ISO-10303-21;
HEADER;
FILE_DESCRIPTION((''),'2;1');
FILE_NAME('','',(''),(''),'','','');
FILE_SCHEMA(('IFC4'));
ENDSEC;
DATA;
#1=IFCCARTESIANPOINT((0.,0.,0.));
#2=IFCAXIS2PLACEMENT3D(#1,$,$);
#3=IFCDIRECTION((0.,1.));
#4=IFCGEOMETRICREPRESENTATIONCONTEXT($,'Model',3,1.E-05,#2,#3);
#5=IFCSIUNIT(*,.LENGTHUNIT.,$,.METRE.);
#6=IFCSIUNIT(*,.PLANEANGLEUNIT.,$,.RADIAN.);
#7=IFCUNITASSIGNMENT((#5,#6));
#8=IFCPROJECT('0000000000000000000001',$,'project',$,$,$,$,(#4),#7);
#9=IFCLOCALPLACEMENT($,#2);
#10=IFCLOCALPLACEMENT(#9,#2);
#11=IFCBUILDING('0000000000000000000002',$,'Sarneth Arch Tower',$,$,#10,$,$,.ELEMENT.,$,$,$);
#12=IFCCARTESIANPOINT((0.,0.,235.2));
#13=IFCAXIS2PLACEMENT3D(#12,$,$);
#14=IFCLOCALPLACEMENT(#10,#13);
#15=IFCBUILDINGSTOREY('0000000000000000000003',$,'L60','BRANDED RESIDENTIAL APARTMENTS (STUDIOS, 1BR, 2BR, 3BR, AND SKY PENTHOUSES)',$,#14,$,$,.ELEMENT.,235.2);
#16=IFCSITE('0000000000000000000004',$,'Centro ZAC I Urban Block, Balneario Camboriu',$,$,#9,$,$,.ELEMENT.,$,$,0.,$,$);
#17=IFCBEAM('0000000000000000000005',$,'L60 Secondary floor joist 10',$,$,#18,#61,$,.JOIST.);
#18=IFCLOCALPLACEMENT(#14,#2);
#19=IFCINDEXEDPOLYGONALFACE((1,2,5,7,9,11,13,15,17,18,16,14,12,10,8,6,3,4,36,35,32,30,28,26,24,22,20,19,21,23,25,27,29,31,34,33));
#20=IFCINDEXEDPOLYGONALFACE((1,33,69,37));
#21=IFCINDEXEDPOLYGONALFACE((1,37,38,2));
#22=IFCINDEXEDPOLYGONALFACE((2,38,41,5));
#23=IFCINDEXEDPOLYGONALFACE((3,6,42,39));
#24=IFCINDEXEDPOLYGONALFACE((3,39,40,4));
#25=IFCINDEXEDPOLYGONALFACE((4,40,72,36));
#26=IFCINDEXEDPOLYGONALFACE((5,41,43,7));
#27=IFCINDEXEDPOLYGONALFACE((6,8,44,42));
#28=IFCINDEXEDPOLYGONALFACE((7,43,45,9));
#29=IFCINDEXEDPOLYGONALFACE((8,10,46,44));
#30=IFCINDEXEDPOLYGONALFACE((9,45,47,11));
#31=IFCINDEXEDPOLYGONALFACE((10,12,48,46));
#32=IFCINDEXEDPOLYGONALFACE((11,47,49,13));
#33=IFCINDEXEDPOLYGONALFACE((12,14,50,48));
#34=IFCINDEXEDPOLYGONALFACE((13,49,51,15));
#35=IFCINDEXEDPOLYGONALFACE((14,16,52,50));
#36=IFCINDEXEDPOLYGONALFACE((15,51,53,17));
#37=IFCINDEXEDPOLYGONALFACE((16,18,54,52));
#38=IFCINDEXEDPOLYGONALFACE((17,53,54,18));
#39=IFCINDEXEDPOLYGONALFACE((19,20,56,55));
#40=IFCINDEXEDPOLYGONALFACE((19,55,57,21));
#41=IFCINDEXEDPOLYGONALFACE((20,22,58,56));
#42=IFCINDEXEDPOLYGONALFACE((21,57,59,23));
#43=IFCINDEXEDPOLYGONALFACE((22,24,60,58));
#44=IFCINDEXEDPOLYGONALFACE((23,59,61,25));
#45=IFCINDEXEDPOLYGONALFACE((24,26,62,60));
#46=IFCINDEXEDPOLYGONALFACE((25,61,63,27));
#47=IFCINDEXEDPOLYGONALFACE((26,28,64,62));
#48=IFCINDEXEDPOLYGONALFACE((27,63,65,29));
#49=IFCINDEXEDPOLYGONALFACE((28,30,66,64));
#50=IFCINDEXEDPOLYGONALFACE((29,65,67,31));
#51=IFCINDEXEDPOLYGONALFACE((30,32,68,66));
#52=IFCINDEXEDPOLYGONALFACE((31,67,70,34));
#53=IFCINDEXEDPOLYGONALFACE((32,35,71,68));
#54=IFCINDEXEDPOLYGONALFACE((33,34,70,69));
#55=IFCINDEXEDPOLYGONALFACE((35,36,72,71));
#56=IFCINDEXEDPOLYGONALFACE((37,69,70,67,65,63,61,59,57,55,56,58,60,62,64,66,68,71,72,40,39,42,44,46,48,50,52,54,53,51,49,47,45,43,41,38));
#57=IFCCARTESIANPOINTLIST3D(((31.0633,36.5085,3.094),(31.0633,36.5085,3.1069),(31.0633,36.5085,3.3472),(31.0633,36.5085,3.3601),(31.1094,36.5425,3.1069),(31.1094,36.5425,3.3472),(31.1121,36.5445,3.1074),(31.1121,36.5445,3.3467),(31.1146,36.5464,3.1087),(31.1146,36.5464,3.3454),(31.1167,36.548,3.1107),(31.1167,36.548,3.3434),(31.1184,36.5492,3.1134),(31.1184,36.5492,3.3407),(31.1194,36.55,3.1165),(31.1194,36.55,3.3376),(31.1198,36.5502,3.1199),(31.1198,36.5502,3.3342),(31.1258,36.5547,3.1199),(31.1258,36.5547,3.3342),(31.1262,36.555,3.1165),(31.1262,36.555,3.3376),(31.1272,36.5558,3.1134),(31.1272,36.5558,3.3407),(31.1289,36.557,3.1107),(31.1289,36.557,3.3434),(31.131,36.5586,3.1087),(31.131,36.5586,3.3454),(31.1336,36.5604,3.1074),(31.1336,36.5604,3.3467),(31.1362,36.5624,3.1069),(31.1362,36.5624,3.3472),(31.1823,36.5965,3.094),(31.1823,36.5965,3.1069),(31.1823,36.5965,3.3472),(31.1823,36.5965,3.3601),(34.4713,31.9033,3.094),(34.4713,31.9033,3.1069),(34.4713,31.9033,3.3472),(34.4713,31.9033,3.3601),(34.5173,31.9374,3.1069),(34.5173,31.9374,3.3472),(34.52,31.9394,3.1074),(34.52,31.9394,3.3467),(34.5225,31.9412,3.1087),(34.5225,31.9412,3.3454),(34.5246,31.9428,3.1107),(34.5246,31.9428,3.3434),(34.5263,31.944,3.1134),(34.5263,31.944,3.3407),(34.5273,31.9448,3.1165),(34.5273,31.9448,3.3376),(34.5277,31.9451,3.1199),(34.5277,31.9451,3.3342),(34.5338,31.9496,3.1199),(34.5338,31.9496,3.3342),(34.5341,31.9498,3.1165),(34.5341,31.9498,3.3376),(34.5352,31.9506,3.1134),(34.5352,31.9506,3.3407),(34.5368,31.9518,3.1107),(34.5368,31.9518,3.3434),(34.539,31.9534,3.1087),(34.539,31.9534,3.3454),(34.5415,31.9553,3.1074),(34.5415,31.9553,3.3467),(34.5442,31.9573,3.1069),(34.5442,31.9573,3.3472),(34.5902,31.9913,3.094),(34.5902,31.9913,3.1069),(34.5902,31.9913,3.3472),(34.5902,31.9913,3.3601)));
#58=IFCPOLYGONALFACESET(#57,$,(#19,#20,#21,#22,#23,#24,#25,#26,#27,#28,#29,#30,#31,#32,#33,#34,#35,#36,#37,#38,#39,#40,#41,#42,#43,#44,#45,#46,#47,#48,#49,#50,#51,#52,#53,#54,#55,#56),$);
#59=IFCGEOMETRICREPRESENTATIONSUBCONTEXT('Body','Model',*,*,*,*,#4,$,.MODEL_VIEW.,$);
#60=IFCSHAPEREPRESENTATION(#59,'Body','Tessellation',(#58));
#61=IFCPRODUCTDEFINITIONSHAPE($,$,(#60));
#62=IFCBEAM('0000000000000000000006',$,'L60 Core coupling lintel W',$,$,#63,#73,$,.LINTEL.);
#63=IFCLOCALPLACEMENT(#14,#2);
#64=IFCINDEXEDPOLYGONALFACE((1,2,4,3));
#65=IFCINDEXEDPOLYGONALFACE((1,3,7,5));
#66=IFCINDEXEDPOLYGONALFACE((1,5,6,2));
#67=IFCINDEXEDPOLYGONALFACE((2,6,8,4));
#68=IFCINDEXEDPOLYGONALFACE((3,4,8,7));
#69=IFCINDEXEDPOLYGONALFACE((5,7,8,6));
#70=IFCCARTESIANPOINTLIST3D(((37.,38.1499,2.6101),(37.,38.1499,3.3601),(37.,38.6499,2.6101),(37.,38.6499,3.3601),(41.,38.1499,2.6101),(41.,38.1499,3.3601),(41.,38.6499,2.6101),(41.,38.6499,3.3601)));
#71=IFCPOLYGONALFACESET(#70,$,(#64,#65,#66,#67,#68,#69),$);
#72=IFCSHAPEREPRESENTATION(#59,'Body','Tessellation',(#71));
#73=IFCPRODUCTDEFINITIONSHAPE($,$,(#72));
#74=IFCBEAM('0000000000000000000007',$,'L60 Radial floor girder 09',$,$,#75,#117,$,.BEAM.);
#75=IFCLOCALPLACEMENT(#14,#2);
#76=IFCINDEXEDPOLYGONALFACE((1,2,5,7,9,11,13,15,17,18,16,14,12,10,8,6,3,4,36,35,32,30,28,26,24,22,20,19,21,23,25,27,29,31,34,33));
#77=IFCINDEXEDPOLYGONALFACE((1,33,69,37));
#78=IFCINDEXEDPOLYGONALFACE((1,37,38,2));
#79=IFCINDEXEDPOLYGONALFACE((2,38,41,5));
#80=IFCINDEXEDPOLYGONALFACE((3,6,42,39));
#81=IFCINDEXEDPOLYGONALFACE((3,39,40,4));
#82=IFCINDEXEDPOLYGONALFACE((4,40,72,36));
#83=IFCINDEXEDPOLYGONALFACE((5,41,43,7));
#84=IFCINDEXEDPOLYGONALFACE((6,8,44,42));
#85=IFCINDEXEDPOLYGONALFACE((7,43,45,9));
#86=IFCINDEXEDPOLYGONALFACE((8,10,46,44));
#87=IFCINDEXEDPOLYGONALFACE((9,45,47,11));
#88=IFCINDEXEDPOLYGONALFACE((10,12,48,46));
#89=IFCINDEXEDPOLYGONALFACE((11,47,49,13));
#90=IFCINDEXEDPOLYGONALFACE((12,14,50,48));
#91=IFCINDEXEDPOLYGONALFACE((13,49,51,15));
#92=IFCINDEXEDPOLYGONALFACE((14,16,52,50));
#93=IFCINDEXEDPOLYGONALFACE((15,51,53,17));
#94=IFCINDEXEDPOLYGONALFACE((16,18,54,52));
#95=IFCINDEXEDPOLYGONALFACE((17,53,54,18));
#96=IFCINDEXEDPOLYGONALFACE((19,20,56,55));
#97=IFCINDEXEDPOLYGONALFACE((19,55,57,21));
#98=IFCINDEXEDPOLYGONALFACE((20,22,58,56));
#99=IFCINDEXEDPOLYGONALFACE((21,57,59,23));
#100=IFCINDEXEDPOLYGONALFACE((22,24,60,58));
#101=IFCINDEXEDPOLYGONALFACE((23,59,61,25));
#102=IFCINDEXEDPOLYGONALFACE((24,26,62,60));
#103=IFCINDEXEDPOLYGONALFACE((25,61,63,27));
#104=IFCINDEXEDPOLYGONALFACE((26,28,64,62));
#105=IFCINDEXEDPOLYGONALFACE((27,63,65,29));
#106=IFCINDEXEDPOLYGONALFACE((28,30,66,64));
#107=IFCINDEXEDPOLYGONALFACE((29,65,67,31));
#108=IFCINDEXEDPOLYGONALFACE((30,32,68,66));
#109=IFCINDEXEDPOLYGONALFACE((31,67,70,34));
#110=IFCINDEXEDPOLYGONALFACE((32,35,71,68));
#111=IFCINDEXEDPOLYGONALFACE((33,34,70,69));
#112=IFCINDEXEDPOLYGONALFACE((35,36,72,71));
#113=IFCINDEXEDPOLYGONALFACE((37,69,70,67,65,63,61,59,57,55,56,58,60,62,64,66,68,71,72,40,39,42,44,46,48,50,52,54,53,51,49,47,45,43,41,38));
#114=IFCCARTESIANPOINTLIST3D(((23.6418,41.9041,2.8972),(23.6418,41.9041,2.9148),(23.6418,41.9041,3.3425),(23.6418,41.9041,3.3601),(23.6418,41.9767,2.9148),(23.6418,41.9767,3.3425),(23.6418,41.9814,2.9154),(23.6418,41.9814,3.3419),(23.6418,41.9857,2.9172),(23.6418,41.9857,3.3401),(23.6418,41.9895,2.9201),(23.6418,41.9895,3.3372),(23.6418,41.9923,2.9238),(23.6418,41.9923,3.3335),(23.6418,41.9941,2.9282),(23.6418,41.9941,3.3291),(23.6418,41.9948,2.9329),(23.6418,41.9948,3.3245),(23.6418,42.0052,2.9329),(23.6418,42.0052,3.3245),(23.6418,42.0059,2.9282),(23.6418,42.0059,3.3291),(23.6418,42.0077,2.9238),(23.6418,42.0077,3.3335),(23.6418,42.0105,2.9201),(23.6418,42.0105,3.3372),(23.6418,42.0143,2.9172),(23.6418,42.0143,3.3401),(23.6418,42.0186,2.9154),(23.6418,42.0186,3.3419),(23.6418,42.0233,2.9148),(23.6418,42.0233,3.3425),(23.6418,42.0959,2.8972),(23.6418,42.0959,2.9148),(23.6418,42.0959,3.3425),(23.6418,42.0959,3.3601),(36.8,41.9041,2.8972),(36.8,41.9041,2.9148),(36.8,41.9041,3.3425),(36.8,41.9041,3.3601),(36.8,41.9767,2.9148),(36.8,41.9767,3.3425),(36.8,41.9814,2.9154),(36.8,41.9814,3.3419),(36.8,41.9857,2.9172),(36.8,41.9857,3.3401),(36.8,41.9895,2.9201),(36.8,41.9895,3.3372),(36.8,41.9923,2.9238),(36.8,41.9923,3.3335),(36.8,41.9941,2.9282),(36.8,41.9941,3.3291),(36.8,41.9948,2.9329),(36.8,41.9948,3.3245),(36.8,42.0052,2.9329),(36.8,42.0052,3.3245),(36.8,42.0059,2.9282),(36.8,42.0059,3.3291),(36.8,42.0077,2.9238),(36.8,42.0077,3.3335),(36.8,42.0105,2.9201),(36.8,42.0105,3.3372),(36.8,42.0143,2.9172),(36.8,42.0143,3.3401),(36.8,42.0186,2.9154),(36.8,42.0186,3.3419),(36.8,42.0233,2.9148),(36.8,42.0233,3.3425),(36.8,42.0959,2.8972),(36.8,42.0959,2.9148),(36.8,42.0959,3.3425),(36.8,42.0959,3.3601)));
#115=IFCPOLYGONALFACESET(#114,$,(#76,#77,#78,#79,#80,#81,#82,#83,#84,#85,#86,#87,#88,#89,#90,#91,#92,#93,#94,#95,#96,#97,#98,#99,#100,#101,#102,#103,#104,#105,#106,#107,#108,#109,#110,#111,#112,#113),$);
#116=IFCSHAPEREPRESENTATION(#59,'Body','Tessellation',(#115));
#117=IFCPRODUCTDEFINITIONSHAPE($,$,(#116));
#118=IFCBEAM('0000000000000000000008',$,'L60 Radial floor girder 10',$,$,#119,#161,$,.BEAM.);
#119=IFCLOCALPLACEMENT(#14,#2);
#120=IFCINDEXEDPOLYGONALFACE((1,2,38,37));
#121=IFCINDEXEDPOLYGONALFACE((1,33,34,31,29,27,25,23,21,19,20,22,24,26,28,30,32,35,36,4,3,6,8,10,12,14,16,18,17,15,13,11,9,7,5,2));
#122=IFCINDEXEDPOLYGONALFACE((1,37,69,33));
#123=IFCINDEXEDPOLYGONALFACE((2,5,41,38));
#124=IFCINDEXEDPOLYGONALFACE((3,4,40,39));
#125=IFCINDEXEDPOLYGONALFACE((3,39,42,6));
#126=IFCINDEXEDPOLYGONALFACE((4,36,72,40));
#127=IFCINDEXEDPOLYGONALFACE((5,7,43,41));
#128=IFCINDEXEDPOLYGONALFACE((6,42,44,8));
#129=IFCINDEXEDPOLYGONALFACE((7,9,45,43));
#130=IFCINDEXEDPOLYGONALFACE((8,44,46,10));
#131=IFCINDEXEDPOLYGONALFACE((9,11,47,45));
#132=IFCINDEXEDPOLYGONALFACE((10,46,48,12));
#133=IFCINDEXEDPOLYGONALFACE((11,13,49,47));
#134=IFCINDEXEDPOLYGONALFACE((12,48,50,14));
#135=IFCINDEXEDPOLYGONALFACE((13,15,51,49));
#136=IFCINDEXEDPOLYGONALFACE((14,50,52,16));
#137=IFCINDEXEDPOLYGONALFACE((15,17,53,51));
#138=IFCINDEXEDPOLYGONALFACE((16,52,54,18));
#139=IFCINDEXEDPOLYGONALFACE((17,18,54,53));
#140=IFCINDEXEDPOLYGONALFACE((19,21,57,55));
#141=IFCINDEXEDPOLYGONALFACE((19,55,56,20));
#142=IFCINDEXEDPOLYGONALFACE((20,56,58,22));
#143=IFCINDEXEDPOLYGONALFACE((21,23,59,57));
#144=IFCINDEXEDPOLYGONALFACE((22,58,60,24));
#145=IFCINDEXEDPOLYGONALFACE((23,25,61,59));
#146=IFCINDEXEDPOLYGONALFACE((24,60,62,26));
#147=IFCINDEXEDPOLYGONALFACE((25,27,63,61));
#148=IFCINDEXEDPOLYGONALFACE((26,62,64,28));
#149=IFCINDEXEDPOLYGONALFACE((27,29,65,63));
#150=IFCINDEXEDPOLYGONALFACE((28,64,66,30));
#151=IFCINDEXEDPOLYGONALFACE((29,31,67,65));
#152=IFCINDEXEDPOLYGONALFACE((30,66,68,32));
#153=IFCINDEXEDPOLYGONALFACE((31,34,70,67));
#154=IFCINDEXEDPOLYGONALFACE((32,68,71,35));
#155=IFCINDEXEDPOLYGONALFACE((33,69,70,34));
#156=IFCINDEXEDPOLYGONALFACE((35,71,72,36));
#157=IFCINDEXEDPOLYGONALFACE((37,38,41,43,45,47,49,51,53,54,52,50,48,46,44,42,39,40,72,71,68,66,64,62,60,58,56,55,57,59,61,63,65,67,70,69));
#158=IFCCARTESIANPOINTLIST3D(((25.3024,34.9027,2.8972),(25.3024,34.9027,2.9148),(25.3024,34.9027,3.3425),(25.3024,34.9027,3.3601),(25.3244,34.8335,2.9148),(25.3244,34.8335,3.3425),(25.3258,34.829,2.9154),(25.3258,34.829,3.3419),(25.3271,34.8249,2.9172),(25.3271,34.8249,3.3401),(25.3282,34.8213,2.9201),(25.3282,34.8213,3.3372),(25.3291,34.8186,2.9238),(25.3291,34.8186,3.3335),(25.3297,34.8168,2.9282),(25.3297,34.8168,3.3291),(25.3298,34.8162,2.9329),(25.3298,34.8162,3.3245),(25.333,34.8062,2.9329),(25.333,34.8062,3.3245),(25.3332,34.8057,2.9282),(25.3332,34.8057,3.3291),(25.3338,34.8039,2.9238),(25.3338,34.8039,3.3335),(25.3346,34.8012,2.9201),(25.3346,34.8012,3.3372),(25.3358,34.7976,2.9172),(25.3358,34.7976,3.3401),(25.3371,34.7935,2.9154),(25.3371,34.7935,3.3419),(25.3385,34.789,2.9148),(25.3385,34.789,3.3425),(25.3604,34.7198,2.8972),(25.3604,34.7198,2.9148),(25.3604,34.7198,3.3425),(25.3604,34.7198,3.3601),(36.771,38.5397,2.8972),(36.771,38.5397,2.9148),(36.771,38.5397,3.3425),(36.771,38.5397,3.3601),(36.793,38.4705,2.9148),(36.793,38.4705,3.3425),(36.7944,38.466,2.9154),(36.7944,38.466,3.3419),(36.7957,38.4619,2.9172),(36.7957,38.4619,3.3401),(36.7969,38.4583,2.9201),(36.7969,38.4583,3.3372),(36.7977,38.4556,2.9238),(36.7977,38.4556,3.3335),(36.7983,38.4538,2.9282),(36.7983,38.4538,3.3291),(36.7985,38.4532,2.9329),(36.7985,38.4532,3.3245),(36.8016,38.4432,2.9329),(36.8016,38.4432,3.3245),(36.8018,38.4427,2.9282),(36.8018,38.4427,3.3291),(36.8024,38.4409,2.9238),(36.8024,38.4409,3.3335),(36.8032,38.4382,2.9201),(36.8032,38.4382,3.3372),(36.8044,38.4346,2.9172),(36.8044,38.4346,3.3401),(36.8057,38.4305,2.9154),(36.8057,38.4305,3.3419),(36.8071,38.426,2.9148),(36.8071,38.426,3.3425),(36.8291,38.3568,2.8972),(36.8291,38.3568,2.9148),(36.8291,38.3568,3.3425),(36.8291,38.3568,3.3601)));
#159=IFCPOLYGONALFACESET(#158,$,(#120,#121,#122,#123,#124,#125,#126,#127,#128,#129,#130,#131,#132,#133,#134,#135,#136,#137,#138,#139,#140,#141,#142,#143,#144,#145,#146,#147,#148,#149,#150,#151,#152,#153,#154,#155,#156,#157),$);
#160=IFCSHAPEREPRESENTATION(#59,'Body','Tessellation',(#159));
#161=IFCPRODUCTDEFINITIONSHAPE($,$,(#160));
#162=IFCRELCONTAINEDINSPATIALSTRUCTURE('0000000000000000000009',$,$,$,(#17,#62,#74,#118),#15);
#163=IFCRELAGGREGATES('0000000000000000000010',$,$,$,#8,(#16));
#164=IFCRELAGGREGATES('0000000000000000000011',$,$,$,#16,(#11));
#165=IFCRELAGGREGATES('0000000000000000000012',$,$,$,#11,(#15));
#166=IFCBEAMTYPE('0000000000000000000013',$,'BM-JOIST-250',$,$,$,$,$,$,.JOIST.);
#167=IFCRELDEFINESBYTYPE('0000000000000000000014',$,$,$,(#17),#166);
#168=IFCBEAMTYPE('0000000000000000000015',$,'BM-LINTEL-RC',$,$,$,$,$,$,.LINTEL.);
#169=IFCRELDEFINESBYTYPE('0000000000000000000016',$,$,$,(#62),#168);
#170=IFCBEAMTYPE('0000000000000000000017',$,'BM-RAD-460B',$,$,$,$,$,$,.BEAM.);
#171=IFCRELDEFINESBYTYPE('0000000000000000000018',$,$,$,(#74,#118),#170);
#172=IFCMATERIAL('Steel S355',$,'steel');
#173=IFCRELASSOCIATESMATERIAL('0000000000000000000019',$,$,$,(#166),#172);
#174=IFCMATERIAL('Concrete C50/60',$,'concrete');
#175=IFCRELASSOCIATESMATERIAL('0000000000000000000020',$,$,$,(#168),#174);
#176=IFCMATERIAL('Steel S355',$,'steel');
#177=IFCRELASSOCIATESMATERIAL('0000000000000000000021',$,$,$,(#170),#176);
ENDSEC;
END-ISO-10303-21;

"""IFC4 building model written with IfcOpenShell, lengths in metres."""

from ifc_helpers import new_model, si_unit, direction, frame, origin, origin_2d, place, context, subcontext, project, spatial, rectangle, i_section, extrude, material, material_profile, profile_set, type_object, element, save


model = new_model("IFC4")

# Units and contexts
model_context = context("Model", 3, precision=1e-05, world=origin(), true_north=direction((0.0, 1.0)))
body_context = subcontext(model_context, "Body", "Model", "MODEL_VIEW")
ifc_project = project(units=[si_unit("LENGTHUNIT", "METRE"), si_unit("PLANEANGLEUNIT", "RADIAN")], contexts=[model_context])

# Site, building, storey
site_placement = place(None, origin())
site = spatial("IfcSite", under=ifc_project, at=site_placement, Name="Centro ZAC I Urban Block, Balneario Camboriu", CompositionType="ELEMENT", RefElevation=0.0)
building_placement = place(site_placement, origin())
building = spatial("IfcBuilding", under=site, at=building_placement, Name="Sarneth Arch Tower", CompositionType="ELEMENT")
storey_placement = place(building_placement, frame((0.0, 0.0, 235.2)))
storey = spatial("IfcBuildingStorey", under=building, at=storey_placement, Name="L60", Description="BRANDED RESIDENTIAL APARTMENTS (STUDIOS, 1BR, 2BR, 3BR, AND SKY PENTHOUSES)", CompositionType="ELEMENT", Elevation=235.2)

# Beams
ifc_material_1 = material(Name="Steel S355", Category="steel")
ifc_material_profile_1 = material_profile(ifc_material_1, i_section(OverallWidth=0.1479, OverallDepth=0.2661, WebThickness=0.0076, FlangeThickness=0.0129, FilletRadius=0.0129, at=origin_2d()), Name="W250x44.8")
ifc_profile_set_1 = profile_set([ifc_material_profile_1], Name="Steel S355")
beam_type_1 = type_object("IfcBeamType", Name="BM-JOIST-250", PredefinedType="JOIST", material=ifc_profile_set_1)
beam_1_placement = place(storey_placement, frame((31.1228, 36.5525, 3.2271), z_axis=(0.594853, -0.803834, 0.0), x_axis=(0.803834, 0.594853, 0.0)))
element("IfcBeam", 1, at=beam_1_placement, inside=storey, type_object=beam_type_1, Name="L60 Secondary floor joist 10", PredefinedType="JOIST", context=body_context, shape_type="SweptSolid", body=[
    extrude(i_section(OverallWidth=0.1479, OverallDepth=0.2661, WebThickness=0.0076, FlangeThickness=0.0129, FilletRadius=0.0129, at=origin_2d()), origin(), (0.0, 0.0, 1.0), 5.729),
])
ifc_material_2 = material(Name="Concrete C50/60", Category="concrete")
ifc_material_profile_2 = material_profile(ifc_material_2, rectangle(XDim=0.5, YDim=0.75, at=origin_2d()), Name="RC-500x750")
ifc_profile_set_2 = profile_set([ifc_material_profile_2], Name="Concrete C50/60")
beam_type_2 = type_object("IfcBeamType", Name="BM-LINTEL-RC", PredefinedType="LINTEL", material=ifc_profile_set_2)
beam_2_placement = place(storey_placement, frame((37.0, 38.3999, 2.9851), z_axis=(1.0, 0.0, 0.0), x_axis=(0.0, 1.0, 0.0)))
element("IfcBeam", 2, at=beam_2_placement, inside=storey, type_object=beam_type_2, Name="L60 Core coupling lintel W", PredefinedType="LINTEL", context=body_context, shape_type="SweptSolid", body=[
    extrude(rectangle(XDim=0.5, YDim=0.75, at=origin_2d()), origin(), (0.0, 0.0, 1.0), 4.0),
])
ifc_material_3 = material(Name="Steel S355", Category="steel")
ifc_material_profile_3 = material_profile(ifc_material_3, i_section(OverallWidth=0.1919, OverallDepth=0.4629, WebThickness=0.0105, FlangeThickness=0.0176, FilletRadius=0.0181, at=origin_2d()), Name="W460x89")
ifc_profile_set_3 = profile_set([ifc_material_profile_3], Name="Steel S355")
beam_type_3 = type_object("IfcBeamType", Name="BM-RAD-460B", PredefinedType="BEAM", material=ifc_profile_set_3)
beam_3_placement = place(storey_placement, frame((36.8, 42.0, 3.1287), z_axis=(-1.0, 0.0, 0.0), x_axis=(0.0, -1.0, 0.0)))
element("IfcBeam", 3, at=beam_3_placement, inside=storey, type_object=beam_type_3, Name="L60 Radial floor girder 09", PredefinedType="BEAM", context=body_context, shape_type="SweptSolid", body=[
    extrude(i_section(OverallWidth=0.1919, OverallDepth=0.4629, WebThickness=0.0105, FlangeThickness=0.0176, FilletRadius=0.0181, at=origin_2d()), origin(), (0.0, 0.0, 1.0), 13.1582),
])
beam_4_placement = place(storey_placement, frame((36.8, 38.4482, 3.1287), z_axis=(-0.953216, -0.30229, 0.0), x_axis=(0.30229, -0.953216, 0.0)))
element("IfcBeam", 4, at=beam_4_placement, inside=storey, type_object=beam_type_3, Name="L60 Radial floor girder 10", PredefinedType="BEAM", context=body_context, shape_type="SweptSolid", body=[
    extrude(i_section(OverallWidth=0.1919, OverallDepth=0.4629, WebThickness=0.0105, FlangeThickness=0.0176, FilletRadius=0.0181, at=origin_2d()), origin(), (0.0, 0.0, 1.0), 12.0315),
])

save(model, "model.ifc")
